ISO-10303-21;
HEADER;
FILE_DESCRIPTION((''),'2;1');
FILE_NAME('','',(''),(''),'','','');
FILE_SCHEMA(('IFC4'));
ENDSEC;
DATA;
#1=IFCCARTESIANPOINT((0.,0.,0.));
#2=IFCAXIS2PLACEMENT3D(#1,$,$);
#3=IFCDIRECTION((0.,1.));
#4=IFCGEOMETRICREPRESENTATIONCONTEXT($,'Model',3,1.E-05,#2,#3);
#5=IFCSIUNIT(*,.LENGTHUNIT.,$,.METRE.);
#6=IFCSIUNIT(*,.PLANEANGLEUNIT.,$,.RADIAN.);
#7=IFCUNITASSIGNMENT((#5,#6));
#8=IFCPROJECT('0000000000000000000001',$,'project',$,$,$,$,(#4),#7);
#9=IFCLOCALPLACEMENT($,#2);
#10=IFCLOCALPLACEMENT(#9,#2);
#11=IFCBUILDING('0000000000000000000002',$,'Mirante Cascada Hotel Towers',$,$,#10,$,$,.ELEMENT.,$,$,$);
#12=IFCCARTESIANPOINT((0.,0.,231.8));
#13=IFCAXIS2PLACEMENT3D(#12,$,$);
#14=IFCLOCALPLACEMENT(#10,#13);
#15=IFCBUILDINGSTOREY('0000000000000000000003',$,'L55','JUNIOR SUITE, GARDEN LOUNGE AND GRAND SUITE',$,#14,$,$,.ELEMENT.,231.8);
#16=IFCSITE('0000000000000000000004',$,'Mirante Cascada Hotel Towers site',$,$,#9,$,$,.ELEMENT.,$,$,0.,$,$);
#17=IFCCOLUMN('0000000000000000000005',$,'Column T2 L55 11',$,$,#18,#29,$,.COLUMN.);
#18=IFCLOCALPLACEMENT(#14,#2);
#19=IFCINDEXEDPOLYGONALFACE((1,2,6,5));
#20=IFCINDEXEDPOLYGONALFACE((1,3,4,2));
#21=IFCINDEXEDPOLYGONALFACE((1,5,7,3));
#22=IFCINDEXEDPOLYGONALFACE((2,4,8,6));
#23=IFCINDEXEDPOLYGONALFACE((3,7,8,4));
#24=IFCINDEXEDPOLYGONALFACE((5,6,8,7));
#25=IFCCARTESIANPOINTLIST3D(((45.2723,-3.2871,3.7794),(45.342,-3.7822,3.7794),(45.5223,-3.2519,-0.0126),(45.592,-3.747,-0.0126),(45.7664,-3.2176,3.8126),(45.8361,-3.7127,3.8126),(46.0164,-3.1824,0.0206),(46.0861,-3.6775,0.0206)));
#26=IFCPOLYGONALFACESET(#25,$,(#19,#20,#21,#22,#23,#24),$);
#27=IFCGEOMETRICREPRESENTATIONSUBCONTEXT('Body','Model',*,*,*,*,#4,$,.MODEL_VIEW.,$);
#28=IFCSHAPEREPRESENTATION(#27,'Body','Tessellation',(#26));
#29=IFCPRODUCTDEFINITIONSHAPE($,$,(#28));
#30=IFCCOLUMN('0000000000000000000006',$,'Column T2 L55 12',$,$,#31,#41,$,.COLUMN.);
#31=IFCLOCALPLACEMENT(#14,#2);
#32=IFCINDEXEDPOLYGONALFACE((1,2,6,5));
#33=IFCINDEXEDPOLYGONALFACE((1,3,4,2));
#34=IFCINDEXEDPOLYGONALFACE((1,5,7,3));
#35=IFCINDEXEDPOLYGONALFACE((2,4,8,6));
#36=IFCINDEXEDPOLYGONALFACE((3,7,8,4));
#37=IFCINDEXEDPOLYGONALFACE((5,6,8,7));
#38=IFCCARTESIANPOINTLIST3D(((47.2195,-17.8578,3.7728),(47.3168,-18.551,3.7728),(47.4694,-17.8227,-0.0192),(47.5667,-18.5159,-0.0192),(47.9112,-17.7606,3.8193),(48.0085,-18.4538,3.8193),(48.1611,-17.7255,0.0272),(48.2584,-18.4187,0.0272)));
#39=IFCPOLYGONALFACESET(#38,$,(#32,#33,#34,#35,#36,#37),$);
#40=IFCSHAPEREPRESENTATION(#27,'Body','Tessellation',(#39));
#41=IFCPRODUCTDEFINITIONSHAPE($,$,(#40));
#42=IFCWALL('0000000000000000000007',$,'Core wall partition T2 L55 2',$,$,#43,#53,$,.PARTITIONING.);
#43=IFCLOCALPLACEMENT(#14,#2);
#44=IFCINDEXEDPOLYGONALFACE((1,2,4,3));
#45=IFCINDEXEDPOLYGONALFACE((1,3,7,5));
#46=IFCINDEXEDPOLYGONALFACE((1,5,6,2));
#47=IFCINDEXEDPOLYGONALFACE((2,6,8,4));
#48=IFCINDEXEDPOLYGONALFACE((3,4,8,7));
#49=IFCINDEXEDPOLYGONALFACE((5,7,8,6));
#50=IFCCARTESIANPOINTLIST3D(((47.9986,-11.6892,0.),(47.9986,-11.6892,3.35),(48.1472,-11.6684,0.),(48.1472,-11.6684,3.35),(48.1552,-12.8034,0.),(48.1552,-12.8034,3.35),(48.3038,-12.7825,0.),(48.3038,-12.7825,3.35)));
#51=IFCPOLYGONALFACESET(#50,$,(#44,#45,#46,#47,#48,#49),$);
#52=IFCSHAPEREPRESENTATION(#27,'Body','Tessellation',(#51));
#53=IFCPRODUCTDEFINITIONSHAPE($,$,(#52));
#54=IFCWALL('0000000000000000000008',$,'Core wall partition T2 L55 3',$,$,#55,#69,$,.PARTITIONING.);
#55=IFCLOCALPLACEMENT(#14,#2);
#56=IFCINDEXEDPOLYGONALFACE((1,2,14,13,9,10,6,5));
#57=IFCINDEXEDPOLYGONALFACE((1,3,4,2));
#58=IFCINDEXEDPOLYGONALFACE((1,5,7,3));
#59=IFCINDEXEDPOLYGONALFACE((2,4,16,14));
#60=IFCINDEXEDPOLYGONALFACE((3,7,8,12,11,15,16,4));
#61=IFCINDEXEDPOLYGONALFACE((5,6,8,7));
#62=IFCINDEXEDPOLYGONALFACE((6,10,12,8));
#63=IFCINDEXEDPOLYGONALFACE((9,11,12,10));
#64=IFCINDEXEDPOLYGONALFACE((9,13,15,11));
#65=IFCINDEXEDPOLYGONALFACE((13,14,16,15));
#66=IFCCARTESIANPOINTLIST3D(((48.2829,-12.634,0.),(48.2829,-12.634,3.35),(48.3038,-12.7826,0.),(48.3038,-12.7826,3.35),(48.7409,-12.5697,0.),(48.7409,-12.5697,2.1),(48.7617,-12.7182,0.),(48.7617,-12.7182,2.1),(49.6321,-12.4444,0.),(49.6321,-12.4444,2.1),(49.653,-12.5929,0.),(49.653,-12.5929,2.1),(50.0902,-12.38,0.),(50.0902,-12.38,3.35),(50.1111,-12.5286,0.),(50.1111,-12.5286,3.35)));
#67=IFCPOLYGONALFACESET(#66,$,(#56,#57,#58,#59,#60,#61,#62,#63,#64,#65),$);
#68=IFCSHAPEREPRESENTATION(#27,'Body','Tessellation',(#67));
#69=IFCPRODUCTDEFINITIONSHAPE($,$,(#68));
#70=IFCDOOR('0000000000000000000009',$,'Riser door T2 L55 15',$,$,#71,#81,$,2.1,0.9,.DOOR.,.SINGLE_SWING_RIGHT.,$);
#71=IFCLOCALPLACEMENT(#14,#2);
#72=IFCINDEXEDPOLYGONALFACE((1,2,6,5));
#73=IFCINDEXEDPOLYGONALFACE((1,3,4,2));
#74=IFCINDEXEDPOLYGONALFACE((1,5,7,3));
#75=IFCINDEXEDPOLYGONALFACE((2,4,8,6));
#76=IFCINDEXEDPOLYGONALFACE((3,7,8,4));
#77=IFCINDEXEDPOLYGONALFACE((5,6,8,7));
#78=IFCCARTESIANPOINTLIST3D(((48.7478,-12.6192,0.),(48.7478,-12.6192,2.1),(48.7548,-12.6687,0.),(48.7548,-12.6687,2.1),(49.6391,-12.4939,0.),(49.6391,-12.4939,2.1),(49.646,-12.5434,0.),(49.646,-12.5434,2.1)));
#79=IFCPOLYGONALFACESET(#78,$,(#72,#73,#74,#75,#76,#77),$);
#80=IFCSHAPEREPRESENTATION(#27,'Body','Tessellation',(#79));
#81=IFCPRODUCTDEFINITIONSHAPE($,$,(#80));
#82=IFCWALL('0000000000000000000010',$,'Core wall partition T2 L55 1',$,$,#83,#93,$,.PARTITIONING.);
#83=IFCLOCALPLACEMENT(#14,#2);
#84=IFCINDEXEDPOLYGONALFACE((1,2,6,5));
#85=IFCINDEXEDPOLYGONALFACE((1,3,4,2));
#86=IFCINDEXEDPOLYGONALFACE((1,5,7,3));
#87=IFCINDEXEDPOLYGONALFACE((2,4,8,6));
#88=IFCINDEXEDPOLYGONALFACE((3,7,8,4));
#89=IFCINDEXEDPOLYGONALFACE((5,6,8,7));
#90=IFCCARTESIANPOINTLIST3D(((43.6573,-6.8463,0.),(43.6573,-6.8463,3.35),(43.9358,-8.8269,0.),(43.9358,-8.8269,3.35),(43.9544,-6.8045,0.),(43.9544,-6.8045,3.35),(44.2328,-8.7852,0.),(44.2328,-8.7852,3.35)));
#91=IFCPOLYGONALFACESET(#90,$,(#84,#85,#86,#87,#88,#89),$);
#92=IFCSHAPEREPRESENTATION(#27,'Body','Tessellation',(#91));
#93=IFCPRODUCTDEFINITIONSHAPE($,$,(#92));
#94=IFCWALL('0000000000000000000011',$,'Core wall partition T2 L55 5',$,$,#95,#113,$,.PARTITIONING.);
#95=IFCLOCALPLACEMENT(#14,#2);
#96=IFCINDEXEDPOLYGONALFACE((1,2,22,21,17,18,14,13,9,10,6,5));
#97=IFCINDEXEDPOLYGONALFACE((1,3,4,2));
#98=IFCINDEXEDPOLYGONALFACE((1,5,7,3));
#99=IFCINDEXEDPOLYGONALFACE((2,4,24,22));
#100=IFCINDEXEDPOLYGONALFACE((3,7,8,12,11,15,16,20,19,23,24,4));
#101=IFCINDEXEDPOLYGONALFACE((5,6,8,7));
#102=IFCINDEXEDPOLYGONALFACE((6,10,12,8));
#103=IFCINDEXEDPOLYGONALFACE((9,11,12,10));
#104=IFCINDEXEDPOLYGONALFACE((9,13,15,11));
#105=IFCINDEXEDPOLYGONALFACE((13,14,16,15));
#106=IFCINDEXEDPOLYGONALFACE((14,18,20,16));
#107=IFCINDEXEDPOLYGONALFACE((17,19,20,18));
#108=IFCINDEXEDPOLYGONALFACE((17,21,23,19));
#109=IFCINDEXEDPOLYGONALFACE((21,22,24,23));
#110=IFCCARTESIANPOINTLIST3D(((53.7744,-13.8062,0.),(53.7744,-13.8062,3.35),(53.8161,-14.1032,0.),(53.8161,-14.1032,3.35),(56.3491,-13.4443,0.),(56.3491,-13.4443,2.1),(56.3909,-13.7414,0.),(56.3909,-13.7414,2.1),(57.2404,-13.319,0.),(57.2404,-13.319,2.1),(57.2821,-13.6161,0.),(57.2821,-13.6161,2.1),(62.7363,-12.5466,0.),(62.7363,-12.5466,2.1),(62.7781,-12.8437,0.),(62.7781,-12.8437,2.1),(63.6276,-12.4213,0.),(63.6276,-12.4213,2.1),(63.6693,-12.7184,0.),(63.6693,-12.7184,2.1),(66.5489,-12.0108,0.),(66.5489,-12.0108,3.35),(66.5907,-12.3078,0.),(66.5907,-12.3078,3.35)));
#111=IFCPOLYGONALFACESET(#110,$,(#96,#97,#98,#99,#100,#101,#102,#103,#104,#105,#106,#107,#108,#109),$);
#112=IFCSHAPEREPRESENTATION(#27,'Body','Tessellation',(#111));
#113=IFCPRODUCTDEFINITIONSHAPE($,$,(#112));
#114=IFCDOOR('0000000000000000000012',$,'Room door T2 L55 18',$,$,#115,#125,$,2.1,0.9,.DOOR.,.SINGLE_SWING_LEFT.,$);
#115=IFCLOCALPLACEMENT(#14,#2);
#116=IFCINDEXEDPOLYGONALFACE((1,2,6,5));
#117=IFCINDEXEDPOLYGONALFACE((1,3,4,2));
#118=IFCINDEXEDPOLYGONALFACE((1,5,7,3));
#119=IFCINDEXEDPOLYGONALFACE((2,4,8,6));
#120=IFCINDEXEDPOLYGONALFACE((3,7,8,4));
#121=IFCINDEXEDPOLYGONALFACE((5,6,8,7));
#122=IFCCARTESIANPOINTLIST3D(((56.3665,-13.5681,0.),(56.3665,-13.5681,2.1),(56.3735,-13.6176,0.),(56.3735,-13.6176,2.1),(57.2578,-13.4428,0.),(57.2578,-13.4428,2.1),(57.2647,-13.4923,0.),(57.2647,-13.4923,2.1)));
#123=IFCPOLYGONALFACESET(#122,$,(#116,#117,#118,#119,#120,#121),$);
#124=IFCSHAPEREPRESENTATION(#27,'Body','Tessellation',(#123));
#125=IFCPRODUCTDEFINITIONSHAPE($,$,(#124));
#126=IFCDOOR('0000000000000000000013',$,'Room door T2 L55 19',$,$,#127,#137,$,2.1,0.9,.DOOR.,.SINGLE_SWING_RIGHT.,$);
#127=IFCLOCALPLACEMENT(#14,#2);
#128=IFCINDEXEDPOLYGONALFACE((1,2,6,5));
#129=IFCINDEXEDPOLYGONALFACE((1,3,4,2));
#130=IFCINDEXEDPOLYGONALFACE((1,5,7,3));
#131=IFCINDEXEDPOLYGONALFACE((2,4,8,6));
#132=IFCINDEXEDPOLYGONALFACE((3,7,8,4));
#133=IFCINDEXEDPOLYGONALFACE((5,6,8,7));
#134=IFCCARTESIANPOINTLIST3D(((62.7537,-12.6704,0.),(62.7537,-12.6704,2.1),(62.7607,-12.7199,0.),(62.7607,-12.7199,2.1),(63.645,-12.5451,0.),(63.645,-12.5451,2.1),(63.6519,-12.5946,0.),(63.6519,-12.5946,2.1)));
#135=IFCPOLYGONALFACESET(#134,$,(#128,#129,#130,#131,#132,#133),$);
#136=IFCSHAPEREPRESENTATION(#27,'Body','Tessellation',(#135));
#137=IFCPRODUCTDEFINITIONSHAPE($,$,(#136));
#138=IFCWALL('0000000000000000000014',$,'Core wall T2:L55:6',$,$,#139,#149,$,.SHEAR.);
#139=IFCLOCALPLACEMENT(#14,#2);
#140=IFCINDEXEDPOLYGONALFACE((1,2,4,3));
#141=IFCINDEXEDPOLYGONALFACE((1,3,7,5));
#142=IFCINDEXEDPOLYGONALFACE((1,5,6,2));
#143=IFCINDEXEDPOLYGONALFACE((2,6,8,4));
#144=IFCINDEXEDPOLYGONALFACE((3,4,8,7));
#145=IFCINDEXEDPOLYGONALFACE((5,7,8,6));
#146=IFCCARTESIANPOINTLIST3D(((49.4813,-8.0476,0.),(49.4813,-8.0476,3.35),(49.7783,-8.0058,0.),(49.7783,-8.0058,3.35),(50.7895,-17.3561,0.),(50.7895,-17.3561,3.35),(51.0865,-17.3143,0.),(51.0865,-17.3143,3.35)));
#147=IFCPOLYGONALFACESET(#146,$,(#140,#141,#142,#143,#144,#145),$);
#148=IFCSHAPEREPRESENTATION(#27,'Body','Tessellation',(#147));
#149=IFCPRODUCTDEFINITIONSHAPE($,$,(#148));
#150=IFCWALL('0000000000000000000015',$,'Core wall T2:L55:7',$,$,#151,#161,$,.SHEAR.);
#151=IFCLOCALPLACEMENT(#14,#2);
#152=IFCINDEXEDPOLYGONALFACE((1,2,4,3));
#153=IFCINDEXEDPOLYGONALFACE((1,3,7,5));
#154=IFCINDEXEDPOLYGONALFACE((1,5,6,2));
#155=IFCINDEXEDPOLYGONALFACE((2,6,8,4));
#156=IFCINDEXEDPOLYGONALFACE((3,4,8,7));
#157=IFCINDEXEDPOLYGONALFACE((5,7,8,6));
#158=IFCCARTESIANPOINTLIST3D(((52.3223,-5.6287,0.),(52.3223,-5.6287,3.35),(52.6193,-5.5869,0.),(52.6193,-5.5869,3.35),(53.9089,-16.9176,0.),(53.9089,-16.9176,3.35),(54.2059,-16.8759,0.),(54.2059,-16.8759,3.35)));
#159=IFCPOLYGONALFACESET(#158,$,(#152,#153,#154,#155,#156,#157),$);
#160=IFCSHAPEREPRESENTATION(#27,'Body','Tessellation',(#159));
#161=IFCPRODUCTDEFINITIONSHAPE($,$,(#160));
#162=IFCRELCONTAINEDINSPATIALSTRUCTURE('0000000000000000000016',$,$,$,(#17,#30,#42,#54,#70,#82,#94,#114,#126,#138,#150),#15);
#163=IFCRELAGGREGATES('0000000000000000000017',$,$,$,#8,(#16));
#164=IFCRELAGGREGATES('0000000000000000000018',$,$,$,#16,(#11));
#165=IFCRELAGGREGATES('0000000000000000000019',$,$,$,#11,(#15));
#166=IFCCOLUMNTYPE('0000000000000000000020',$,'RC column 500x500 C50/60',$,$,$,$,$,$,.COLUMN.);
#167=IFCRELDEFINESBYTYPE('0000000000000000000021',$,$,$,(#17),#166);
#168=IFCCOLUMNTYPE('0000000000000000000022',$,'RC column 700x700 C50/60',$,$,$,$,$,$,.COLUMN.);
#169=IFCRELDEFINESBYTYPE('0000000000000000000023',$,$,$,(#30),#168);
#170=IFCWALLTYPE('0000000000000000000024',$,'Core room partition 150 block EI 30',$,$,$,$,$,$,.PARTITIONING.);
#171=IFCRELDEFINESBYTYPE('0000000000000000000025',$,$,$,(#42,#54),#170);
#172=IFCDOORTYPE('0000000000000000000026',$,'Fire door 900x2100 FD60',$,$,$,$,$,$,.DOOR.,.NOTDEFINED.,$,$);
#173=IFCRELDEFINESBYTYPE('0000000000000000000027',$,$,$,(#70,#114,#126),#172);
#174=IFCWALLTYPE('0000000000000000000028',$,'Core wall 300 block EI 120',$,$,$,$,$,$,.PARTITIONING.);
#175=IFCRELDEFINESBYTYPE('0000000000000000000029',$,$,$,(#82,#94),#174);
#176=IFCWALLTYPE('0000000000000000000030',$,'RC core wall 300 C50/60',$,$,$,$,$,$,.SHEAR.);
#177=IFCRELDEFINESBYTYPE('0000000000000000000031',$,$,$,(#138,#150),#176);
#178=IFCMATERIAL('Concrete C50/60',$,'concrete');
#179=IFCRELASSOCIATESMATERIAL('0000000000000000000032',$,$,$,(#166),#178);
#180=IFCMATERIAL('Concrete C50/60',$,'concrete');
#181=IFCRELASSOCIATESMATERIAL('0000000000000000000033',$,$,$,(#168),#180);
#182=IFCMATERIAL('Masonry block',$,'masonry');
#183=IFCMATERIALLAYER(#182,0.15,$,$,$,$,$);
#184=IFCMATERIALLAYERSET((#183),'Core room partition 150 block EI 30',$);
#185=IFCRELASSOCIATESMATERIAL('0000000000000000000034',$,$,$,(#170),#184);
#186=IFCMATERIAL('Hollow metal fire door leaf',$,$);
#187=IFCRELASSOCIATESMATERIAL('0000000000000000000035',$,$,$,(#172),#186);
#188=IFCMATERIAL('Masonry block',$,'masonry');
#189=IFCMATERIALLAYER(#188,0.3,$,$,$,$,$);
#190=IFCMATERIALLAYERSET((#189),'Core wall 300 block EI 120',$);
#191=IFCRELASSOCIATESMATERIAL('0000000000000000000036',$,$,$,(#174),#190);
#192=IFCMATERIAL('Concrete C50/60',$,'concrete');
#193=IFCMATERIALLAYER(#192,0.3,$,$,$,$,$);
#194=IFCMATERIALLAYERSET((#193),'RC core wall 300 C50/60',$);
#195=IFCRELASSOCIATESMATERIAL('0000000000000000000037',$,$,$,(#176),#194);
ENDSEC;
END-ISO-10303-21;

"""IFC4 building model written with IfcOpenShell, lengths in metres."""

from ifc_helpers import new_model, si_unit, direction, frame, frame_2d, origin, origin_2d, place, context, subcontext, project, spatial, rectangle, extrude, material, layer, layer_set, material_profile, profile_set, type_object, element, fill, save


model = new_model("IFC4")

# Units and contexts
model_context = context("Model", 3, precision=1e-05, world=origin(), true_north=direction((0.0, 1.0)))
body_context = subcontext(model_context, "Body", "Model", "MODEL_VIEW")
ifc_project = project(units=[si_unit("LENGTHUNIT", "METRE"), si_unit("PLANEANGLEUNIT", "RADIAN")], contexts=[model_context])

# Site, building, storey
site_placement = place(None, origin())
site = spatial("IfcSite", under=ifc_project, at=site_placement, Name="Mirante Cascada Hotel Towers site", CompositionType="ELEMENT", RefElevation=0.0)
building_placement = place(site_placement, origin())
building = spatial("IfcBuilding", under=site, at=building_placement, Name="Mirante Cascada Hotel Towers", CompositionType="ELEMENT")
storey_placement = place(building_placement, frame((0.0, 0.0, 231.8)))
storey = spatial("IfcBuildingStorey", under=building, at=storey_placement, Name="L55", Description="JUNIOR SUITE, GARDEN LOUNGE AND GRAND SUITE", CompositionType="ELEMENT", Elevation=231.8)

# Columns
ifc_material_1 = material(Name="Concrete C50/60", Category="concrete")
ifc_material_profile_1 = material_profile(ifc_material_1, rectangle(XDim=0.5, YDim=0.5, at=origin_2d()), Name="RC column 500x500 C50/60")
ifc_profile_set_1 = profile_set([ifc_material_profile_1], Name="Concrete C50/60")
column_type_1 = type_object("IfcColumnType", Name="RC column 500x500 C50/60", PredefinedType="COLUMN", material=ifc_profile_set_1)
column_1_placement = place(storey_placement, frame((45.8042, -3.4647, 0.004), z_axis=(-0.065783, -0.009262, 0.997791), x_axis=(0.139425, -0.990233, 0.0)))
element("IfcColumn", 1, at=column_1_placement, inside=storey, type_object=column_type_1, Name="Column T2 L55 11", PredefinedType="COLUMN", context=body_context, shape_type="SweptSolid", body=[
    extrude(rectangle(XDim=0.5, YDim=0.5, at=origin_2d()), origin(), (0.0, 0.0, 1.0), 3.8004),
])
ifc_material_2 = material(Name="Concrete C50/60", Category="concrete")
ifc_material_profile_2 = material_profile(ifc_material_2, rectangle(XDim=0.7, YDim=0.7, at=origin_2d()), Name="RC column 700x700 C50/60")
ifc_profile_set_2 = profile_set([ifc_material_profile_2], Name="Concrete C50/60")
column_type_2 = type_object("IfcColumnType", Name="RC column 700x700 C50/60", PredefinedType="COLUMN", material=ifc_profile_set_2)
column_2_placement = place(storey_placement, frame((47.8639, -18.1207, 0.004), z_axis=(-0.065756, -0.009236, 0.997793), x_axis=(0.139091, -0.99028, 0.0)))
element("IfcColumn", 2, at=column_2_placement, inside=storey, type_object=column_type_2, Name="Column T2 L55 12", PredefinedType="COLUMN", context=body_context, shape_type="SweptSolid", body=[
    extrude(rectangle(XDim=0.7, YDim=0.7, at=origin_2d()), origin(), (0.0, 0.0, 1.0), 3.8004),
])

# Wall
ifc_material_3 = material(Name="Masonry block", Category="masonry")
ifc_layer_1 = layer(ifc_material_3, 0.15)
ifc_layer_set_1 = layer_set([ifc_layer_1], Name="Core room partition 150 block EI 30")
wall_type_1 = type_object("IfcWallType", Name="Core room partition 150 block EI 30", PredefinedType="PARTITIONING", material=ifc_layer_set_1)
wall_1_placement = place(storey_placement, frame((48.2295, -12.793, 0.0), z_axis=(0.0, 0.0, 1.0), x_axis=(-0.139193, 0.990265, 0.0)))
element("IfcWall", 3, at=wall_1_placement, inside=storey, type_object=wall_type_1, Name="Core wall partition T2 L55 2", PredefinedType="PARTITIONING", context=body_context, shape_type="SweptSolid", body=[
    extrude(rectangle(XDim=1.1251, YDim=0.15, at=frame_2d((0.5626, 0.0))), origin(), (0.0, 0.0, 1.0), 3.35),
])

# Wall, opening, door
wall_2_placement = place(storey_placement, frame((48.2933, -12.7083, 0.0), z_axis=(0.0, 0.0, 1.0), x_axis=(0.990268, 0.139173, 0.0)))
wall_2 = element("IfcWall", 4, at=wall_2_placement, inside=storey, type_object=wall_type_1, Name="Core wall partition T2 L55 3", PredefinedType="PARTITIONING", context=body_context, shape_type="SweptSolid", body=[
    extrude(rectangle(XDim=1.8251, YDim=0.15, at=frame_2d((0.9126, 0.0))), origin(), (0.0, 0.0, 1.0), 3.35),
])
opening_1_placement = place(wall_2_placement, frame((0.4625, 0.0, 0.0)))
opening_1 = element("IfcOpeningElement", 5, at=opening_1_placement, cuts=wall_2, PredefinedType="OPENING", context=body_context, shape_type="SweptSolid", body=[
    extrude(rectangle(XDim=0.9, YDim=2.1, at=frame_2d((0.45, 1.05))), frame((0.0, 0.075, 0.0), z_axis=(0.0, -1.0, 0.0), x_axis=(1.0, 0.0, 0.0)), (0.0, 0.0, 1.0), 0.15),
])
ifc_material_4 = material(Name="Hollow metal fire door leaf")
door_type_1 = type_object("IfcDoorType", Name="Fire door 900x2100 FD60", OperationType="NOTDEFINED", PredefinedType="DOOR", material=ifc_material_4)
door_1_placement = place(opening_1_placement, frame((0.9, 0.0, 0.0), z_axis=(0.0, 0.0, 1.0), x_axis=(-1.0, 0.0, 0.0)))
door_1 = element("IfcDoor", 6, at=door_1_placement, inside=storey, type_object=door_type_1, Name="Riser door T2 L55 15", OperationType="SINGLE_SWING_RIGHT", OverallHeight=2.1, OverallWidth=0.9, PredefinedType="DOOR", context=body_context, shape_type="SweptSolid", body=[
    extrude(rectangle(XDim=0.9, YDim=2.1, at=frame_2d((0.45, 1.05))), frame((0.0, 0.025, 0.0), z_axis=(0.0, -1.0, 0.0), x_axis=(1.0, 0.0, 0.0)), (0.0, 0.0, 1.0), 0.05),
])
fill(opening_1, door_1)

# Wall
ifc_material_5 = material(Name="Masonry block", Category="masonry")
ifc_layer_2 = layer(ifc_material_5, 0.3)
ifc_layer_set_2 = layer_set([ifc_layer_2], Name="Core wall 300 block EI 120")
wall_type_2 = type_object("IfcWallType", Name="Core wall 300 block EI 120", PredefinedType="PARTITIONING", material=ifc_layer_set_2)
wall_3_placement = place(storey_placement, frame((44.0843, -8.8061, 0.0), z_axis=(0.0, 0.0, 1.0), x_axis=(-0.139195, 0.990265, 0.0)))
element("IfcWall", 7, at=wall_3_placement, inside=storey, type_object=wall_type_2, Name="Core wall partition T2 L55 1", PredefinedType="PARTITIONING", context=body_context, shape_type="SweptSolid", body=[
    extrude(rectangle(XDim=2.0001, YDim=0.3, at=frame_2d((1.0001, 0.0))), origin(), (0.0, 0.0, 1.0), 3.35),
])

# Wall, openings, doors
wall_4_placement = place(storey_placement, frame((53.7953, -13.9547, 0.0), z_axis=(0.0, 0.0, 1.0), x_axis=(0.990267, 0.139178, 0.0)))
wall_4 = element("IfcWall", 8, at=wall_4_placement, inside=storey, type_object=wall_type_2, Name="Core wall partition T2 L55 5", PredefinedType="PARTITIONING", context=body_context, shape_type="SweptSolid", body=[
    extrude(rectangle(XDim=12.9001, YDim=0.3, at=frame_2d((6.45, 0.0))), origin(), (0.0, 0.0, 1.0), 3.35),
])
opening_2_placement = place(wall_4_placement, frame((2.6, 0.0, 0.0)))
opening_2 = element("IfcOpeningElement", 9, at=opening_2_placement, cuts=wall_4, PredefinedType="OPENING", context=body_context, shape_type="SweptSolid", body=[
    extrude(rectangle(XDim=0.9, YDim=2.1, at=frame_2d((0.45, 1.05))), frame((0.0, 0.15, 0.0), z_axis=(0.0, -1.0, 0.0), x_axis=(1.0, 0.0, 0.0)), (0.0, 0.0, 1.0), 0.3),
])
opening_3_placement = place(wall_4_placement, frame((9.05, 0.0, 0.0)))
opening_3 = element("IfcOpeningElement", 10, at=opening_3_placement, cuts=wall_4, PredefinedType="OPENING", context=body_context, shape_type="SweptSolid", body=[
    extrude(rectangle(XDim=0.9, YDim=2.1, at=frame_2d((0.45, 1.05))), frame((0.0, 0.15, 0.0), z_axis=(0.0, -1.0, 0.0), x_axis=(1.0, 0.0, 0.0)), (0.0, 0.0, 1.0), 0.3),
])
door_2_placement = place(opening_2_placement, frame((0.9, 0.0, 0.0), z_axis=(0.0, 0.0, 1.0), x_axis=(-1.0, 0.0, 0.0)))
door_2 = element("IfcDoor", 11, at=door_2_placement, inside=storey, type_object=door_type_1, Name="Room door T2 L55 18", OperationType="SINGLE_SWING_LEFT", OverallHeight=2.1, OverallWidth=0.9, PredefinedType="DOOR", context=body_context, shape_type="SweptSolid", body=[
    extrude(rectangle(XDim=0.9, YDim=2.1, at=frame_2d((0.45, 1.05))), frame((0.0, 0.025, 0.0), z_axis=(0.0, -1.0, 0.0), x_axis=(1.0, 0.0, 0.0)), (0.0, 0.0, 1.0), 0.05),
])
fill(opening_2, door_2)
door_3_placement = place(opening_3_placement, frame((0.9, 0.0, 0.0), z_axis=(0.0, 0.0, 1.0), x_axis=(-1.0, 0.0, 0.0)))
door_3 = element("IfcDoor", 12, at=door_3_placement, inside=storey, type_object=door_type_1, Name="Room door T2 L55 19", OperationType="SINGLE_SWING_RIGHT", OverallHeight=2.1, OverallWidth=0.9, PredefinedType="DOOR", context=body_context, shape_type="SweptSolid", body=[
    extrude(rectangle(XDim=0.9, YDim=2.1, at=frame_2d((0.45, 1.05))), frame((0.0, 0.025, 0.0), z_axis=(0.0, -1.0, 0.0), x_axis=(1.0, 0.0, 0.0)), (0.0, 0.0, 1.0), 0.05),
])
fill(opening_3, door_3)

# Walls
ifc_material_6 = material(Name="Concrete C50/60", Category="concrete")
ifc_layer_3 = layer(ifc_material_6, 0.3)
ifc_layer_set_3 = layer_set([ifc_layer_3], Name="RC core wall 300 C50/60")
wall_type_3 = type_object("IfcWallType", Name="RC core wall 300 C50/60", PredefinedType="SHEAR", material=ifc_layer_set_3)
wall_5_placement = place(storey_placement, frame((50.938, -17.3352, 0.0), z_axis=(0.0, 0.0, 1.0), x_axis=(-0.139171, 0.990268, 0.0)))
element("IfcWall", 13, at=wall_5_placement, inside=storey, type_object=wall_type_3, Name="Core wall T2:L55:6", PredefinedType="SHEAR", context=body_context, shape_type="SweptSolid", body=[
    extrude(rectangle(XDim=9.4, YDim=0.3, at=frame_2d((4.7, 0.0))), origin(), (0.0, 0.0, 1.0), 3.35),
])
wall_6_placement = place(storey_placement, frame((54.0574, -16.8968, 0.0), z_axis=(0.0, 0.0, 1.0), x_axis=(-0.139176, 0.990268, 0.0)))
element("IfcWall", 14, at=wall_6_placement, inside=storey, type_object=wall_type_3, Name="Core wall T2:L55:7", PredefinedType="SHEAR", context=body_context, shape_type="SweptSolid", body=[
    extrude(rectangle(XDim=11.3999, YDim=0.3, at=frame_2d((5.7, 0.0))), origin(), (0.0, 0.0, 1.0), 3.35),
])

save(model, "model.ifc")
